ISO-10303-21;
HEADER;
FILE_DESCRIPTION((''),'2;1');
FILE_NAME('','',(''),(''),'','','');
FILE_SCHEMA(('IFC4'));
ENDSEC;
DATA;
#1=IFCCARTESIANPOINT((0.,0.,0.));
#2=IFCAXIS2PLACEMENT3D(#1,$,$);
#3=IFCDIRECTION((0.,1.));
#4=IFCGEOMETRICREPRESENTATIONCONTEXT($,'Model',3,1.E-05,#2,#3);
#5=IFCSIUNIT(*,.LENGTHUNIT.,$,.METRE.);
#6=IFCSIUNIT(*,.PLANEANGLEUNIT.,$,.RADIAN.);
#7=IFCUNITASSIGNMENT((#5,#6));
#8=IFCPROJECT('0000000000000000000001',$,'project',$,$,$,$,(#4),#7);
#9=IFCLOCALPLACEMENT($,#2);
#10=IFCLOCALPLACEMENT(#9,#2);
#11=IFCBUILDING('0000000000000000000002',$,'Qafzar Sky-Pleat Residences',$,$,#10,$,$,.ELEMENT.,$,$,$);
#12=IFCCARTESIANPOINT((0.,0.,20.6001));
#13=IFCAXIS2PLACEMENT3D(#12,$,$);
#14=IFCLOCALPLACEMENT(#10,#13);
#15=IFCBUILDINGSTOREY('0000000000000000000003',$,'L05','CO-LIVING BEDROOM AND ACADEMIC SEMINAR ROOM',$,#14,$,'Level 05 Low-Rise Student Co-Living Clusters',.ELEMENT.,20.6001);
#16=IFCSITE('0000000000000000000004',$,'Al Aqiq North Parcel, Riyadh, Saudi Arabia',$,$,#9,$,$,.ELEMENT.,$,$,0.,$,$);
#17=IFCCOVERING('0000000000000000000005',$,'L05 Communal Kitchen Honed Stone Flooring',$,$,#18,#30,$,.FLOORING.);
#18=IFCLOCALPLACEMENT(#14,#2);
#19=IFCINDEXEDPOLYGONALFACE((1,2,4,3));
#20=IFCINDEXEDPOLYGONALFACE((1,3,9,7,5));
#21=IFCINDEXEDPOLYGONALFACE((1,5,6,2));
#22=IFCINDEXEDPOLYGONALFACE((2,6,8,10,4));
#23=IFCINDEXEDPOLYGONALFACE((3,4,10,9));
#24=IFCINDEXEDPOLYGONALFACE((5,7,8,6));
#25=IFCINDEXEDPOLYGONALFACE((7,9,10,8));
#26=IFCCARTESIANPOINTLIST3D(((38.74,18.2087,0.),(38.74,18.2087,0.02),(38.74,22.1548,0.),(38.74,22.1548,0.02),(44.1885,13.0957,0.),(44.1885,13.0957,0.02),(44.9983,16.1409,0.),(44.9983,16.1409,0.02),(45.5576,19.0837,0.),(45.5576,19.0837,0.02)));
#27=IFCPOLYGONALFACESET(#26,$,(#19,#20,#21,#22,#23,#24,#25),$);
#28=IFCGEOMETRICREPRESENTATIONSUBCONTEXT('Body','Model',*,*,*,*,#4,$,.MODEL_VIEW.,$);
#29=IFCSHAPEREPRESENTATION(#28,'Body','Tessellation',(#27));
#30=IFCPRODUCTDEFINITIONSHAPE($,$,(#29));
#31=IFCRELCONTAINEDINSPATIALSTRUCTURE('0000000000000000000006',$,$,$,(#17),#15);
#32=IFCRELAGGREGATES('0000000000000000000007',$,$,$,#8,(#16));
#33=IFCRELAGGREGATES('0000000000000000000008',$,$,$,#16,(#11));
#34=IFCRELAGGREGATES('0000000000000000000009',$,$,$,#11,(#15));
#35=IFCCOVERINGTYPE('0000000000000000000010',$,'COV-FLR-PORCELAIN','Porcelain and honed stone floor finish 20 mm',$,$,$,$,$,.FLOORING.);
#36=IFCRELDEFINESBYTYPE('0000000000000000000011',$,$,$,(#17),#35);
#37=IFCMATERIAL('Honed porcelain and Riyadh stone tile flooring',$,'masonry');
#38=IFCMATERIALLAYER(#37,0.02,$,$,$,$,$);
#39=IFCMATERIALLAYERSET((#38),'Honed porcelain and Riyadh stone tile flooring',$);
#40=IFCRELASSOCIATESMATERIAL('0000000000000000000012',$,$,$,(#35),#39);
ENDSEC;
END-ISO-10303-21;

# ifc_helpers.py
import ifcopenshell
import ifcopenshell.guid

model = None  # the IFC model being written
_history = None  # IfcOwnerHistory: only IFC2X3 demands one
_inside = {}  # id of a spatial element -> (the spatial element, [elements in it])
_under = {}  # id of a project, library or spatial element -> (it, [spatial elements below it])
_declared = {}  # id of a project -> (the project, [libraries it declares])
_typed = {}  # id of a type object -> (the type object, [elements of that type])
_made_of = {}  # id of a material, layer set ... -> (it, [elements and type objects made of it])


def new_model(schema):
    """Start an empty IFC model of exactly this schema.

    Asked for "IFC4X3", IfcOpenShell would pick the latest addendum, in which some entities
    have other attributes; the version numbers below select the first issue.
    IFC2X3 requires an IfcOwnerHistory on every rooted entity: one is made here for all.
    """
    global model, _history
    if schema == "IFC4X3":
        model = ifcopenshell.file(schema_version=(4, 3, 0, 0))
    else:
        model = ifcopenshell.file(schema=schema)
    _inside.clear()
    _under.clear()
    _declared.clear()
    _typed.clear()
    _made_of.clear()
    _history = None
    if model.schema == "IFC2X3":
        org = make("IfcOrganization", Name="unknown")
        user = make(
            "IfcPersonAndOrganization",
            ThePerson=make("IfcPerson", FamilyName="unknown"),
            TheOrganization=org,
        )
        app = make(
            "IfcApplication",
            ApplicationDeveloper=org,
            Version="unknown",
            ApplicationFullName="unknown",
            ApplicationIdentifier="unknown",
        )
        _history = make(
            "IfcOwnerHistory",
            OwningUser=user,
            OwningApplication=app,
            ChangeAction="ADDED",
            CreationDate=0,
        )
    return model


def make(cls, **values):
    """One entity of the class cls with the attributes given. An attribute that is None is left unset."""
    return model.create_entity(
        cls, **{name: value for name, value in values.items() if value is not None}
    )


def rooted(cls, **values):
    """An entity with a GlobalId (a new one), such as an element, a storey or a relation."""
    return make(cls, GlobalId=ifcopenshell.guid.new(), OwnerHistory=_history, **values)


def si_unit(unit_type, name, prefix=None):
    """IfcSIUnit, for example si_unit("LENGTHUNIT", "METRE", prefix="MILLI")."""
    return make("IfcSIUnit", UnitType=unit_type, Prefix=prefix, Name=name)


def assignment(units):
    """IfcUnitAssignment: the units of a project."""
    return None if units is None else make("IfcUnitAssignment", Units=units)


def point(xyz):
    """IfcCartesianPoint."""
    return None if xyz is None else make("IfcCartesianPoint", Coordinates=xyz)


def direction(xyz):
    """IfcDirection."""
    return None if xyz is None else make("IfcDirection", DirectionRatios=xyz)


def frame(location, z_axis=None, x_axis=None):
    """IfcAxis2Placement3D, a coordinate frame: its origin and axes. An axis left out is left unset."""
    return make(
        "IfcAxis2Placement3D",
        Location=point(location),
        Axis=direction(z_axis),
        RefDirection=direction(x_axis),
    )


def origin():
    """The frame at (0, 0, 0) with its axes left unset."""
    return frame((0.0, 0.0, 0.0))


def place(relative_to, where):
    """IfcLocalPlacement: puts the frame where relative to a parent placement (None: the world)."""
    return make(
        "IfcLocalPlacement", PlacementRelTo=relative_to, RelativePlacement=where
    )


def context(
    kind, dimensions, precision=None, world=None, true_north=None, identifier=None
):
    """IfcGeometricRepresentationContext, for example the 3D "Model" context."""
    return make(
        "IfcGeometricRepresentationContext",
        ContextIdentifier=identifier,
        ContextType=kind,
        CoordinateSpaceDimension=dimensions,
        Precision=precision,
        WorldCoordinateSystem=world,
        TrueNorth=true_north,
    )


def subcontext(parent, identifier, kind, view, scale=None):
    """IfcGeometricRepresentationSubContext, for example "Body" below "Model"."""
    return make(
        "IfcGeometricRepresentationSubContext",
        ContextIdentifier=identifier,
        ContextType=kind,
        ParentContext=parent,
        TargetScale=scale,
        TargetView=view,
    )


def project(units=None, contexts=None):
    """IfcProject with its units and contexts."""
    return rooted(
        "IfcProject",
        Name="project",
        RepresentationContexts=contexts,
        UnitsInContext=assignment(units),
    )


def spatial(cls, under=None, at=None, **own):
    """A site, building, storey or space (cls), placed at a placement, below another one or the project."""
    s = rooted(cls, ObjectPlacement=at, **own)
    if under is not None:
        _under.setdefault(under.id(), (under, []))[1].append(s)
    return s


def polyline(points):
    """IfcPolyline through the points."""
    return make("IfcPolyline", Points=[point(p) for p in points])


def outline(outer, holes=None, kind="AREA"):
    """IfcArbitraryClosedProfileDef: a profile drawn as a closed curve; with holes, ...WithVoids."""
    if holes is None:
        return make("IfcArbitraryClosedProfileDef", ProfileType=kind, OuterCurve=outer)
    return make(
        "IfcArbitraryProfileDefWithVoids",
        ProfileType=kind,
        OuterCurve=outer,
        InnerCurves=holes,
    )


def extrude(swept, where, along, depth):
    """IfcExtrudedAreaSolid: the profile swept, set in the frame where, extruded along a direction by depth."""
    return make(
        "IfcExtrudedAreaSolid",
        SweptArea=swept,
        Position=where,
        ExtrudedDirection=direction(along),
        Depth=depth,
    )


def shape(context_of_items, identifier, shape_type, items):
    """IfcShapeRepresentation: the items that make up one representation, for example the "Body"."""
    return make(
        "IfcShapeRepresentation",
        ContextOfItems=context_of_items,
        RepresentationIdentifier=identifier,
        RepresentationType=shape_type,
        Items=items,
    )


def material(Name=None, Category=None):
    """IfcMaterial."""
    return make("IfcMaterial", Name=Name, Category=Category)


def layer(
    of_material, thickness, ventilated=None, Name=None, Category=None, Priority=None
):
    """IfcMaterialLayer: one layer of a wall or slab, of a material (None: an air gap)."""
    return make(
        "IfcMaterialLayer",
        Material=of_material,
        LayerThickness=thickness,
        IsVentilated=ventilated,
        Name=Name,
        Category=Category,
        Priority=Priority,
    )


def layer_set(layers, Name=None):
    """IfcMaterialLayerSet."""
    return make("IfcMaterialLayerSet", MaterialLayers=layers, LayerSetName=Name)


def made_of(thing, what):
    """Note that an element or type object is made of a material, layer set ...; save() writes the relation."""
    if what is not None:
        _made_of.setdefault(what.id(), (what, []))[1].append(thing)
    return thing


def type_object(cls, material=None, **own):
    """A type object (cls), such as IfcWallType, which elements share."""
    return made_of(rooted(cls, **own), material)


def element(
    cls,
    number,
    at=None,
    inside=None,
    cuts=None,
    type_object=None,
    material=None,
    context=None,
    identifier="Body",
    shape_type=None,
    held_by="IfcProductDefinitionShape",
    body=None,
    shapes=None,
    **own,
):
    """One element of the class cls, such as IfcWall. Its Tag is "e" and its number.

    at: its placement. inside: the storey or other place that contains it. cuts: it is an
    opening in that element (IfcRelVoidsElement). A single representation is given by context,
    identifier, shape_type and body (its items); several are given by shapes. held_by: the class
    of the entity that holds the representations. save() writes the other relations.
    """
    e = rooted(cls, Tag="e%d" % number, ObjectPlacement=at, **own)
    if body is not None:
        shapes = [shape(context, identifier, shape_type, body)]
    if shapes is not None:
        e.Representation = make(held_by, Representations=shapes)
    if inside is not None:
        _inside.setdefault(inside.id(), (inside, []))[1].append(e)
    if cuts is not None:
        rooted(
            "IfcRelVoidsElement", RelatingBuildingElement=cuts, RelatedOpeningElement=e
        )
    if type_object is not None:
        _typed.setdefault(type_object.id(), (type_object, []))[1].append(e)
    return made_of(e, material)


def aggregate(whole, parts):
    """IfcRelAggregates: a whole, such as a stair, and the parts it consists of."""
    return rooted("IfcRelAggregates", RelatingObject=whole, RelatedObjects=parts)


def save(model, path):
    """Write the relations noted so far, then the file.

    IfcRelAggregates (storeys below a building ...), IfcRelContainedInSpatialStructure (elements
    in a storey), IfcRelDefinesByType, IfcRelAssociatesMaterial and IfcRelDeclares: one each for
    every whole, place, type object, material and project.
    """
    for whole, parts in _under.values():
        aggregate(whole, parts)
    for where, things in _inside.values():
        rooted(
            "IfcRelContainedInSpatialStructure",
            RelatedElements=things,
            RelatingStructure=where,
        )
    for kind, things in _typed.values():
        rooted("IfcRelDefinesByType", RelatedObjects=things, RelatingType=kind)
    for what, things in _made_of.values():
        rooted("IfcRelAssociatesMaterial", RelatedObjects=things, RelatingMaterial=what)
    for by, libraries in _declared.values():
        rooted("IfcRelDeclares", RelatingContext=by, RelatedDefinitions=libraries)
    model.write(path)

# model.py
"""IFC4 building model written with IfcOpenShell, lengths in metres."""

from ifc_helpers import new_model, si_unit, direction, frame, origin, place, context, subcontext, project, spatial, polyline, outline, extrude, material, layer, layer_set, type_object, element, save


model = new_model("IFC4")

# Units and contexts
model_context = context("Model", 3, precision=1e-05, world=origin(), true_north=direction((0.0, 1.0)))
body_context = subcontext(model_context, "Body", "Model", "MODEL_VIEW")
ifc_project = project(units=[si_unit("LENGTHUNIT", "METRE"), si_unit("PLANEANGLEUNIT", "RADIAN")], contexts=[model_context])

# Site, building, storey
site_placement = place(None, origin())
site = spatial("IfcSite", under=ifc_project, at=site_placement, Name="Al Aqiq North Parcel, Riyadh, Saudi Arabia", CompositionType="ELEMENT", RefElevation=0.0)
building_placement = place(site_placement, origin())
building = spatial("IfcBuilding", under=site, at=building_placement, Name="Qafzar Sky-Pleat Residences", CompositionType="ELEMENT")
storey_placement = place(building_placement, frame((0.0, 0.0, 20.6001)))
storey = spatial("IfcBuildingStorey", under=building, at=storey_placement, Name="L05", Description="CO-LIVING BEDROOM AND ACADEMIC SEMINAR ROOM", LongName="Level 05 Low-Rise Student Co-Living Clusters", CompositionType="ELEMENT", Elevation=20.6001)

# Covering
ifc_material_1 = material(Name="Honed porcelain and Riyadh stone tile flooring", Category="masonry")
ifc_layer_1 = layer(ifc_material_1, 0.02)
ifc_layer_set_1 = layer_set([ifc_layer_1], Name="Honed porcelain and Riyadh stone tile flooring")
covering_type_1 = type_object("IfcCoveringType", Name="COV-FLR-PORCELAIN", Description="Porcelain and honed stone floor finish 20 mm", PredefinedType="FLOORING", material=ifc_layer_set_1)
covering_1_placement = place(storey_placement, origin())
element("IfcCovering", 1, at=covering_1_placement, inside=storey, type_object=covering_type_1, Name="L05 Communal Kitchen Honed Stone Flooring", PredefinedType="FLOORING", context=body_context, shape_type="SweptSolid", body=[
    extrude(outline(polyline([(44.1885, 13.0957), (38.74, 18.2087), (38.74, 22.1548), (45.5576, 19.0837), (44.9983, 16.1409), (44.1885, 13.0957)])), origin(), (0.0, 0.0, 1.0), 0.02),
])

save(model, "model.ifc")
